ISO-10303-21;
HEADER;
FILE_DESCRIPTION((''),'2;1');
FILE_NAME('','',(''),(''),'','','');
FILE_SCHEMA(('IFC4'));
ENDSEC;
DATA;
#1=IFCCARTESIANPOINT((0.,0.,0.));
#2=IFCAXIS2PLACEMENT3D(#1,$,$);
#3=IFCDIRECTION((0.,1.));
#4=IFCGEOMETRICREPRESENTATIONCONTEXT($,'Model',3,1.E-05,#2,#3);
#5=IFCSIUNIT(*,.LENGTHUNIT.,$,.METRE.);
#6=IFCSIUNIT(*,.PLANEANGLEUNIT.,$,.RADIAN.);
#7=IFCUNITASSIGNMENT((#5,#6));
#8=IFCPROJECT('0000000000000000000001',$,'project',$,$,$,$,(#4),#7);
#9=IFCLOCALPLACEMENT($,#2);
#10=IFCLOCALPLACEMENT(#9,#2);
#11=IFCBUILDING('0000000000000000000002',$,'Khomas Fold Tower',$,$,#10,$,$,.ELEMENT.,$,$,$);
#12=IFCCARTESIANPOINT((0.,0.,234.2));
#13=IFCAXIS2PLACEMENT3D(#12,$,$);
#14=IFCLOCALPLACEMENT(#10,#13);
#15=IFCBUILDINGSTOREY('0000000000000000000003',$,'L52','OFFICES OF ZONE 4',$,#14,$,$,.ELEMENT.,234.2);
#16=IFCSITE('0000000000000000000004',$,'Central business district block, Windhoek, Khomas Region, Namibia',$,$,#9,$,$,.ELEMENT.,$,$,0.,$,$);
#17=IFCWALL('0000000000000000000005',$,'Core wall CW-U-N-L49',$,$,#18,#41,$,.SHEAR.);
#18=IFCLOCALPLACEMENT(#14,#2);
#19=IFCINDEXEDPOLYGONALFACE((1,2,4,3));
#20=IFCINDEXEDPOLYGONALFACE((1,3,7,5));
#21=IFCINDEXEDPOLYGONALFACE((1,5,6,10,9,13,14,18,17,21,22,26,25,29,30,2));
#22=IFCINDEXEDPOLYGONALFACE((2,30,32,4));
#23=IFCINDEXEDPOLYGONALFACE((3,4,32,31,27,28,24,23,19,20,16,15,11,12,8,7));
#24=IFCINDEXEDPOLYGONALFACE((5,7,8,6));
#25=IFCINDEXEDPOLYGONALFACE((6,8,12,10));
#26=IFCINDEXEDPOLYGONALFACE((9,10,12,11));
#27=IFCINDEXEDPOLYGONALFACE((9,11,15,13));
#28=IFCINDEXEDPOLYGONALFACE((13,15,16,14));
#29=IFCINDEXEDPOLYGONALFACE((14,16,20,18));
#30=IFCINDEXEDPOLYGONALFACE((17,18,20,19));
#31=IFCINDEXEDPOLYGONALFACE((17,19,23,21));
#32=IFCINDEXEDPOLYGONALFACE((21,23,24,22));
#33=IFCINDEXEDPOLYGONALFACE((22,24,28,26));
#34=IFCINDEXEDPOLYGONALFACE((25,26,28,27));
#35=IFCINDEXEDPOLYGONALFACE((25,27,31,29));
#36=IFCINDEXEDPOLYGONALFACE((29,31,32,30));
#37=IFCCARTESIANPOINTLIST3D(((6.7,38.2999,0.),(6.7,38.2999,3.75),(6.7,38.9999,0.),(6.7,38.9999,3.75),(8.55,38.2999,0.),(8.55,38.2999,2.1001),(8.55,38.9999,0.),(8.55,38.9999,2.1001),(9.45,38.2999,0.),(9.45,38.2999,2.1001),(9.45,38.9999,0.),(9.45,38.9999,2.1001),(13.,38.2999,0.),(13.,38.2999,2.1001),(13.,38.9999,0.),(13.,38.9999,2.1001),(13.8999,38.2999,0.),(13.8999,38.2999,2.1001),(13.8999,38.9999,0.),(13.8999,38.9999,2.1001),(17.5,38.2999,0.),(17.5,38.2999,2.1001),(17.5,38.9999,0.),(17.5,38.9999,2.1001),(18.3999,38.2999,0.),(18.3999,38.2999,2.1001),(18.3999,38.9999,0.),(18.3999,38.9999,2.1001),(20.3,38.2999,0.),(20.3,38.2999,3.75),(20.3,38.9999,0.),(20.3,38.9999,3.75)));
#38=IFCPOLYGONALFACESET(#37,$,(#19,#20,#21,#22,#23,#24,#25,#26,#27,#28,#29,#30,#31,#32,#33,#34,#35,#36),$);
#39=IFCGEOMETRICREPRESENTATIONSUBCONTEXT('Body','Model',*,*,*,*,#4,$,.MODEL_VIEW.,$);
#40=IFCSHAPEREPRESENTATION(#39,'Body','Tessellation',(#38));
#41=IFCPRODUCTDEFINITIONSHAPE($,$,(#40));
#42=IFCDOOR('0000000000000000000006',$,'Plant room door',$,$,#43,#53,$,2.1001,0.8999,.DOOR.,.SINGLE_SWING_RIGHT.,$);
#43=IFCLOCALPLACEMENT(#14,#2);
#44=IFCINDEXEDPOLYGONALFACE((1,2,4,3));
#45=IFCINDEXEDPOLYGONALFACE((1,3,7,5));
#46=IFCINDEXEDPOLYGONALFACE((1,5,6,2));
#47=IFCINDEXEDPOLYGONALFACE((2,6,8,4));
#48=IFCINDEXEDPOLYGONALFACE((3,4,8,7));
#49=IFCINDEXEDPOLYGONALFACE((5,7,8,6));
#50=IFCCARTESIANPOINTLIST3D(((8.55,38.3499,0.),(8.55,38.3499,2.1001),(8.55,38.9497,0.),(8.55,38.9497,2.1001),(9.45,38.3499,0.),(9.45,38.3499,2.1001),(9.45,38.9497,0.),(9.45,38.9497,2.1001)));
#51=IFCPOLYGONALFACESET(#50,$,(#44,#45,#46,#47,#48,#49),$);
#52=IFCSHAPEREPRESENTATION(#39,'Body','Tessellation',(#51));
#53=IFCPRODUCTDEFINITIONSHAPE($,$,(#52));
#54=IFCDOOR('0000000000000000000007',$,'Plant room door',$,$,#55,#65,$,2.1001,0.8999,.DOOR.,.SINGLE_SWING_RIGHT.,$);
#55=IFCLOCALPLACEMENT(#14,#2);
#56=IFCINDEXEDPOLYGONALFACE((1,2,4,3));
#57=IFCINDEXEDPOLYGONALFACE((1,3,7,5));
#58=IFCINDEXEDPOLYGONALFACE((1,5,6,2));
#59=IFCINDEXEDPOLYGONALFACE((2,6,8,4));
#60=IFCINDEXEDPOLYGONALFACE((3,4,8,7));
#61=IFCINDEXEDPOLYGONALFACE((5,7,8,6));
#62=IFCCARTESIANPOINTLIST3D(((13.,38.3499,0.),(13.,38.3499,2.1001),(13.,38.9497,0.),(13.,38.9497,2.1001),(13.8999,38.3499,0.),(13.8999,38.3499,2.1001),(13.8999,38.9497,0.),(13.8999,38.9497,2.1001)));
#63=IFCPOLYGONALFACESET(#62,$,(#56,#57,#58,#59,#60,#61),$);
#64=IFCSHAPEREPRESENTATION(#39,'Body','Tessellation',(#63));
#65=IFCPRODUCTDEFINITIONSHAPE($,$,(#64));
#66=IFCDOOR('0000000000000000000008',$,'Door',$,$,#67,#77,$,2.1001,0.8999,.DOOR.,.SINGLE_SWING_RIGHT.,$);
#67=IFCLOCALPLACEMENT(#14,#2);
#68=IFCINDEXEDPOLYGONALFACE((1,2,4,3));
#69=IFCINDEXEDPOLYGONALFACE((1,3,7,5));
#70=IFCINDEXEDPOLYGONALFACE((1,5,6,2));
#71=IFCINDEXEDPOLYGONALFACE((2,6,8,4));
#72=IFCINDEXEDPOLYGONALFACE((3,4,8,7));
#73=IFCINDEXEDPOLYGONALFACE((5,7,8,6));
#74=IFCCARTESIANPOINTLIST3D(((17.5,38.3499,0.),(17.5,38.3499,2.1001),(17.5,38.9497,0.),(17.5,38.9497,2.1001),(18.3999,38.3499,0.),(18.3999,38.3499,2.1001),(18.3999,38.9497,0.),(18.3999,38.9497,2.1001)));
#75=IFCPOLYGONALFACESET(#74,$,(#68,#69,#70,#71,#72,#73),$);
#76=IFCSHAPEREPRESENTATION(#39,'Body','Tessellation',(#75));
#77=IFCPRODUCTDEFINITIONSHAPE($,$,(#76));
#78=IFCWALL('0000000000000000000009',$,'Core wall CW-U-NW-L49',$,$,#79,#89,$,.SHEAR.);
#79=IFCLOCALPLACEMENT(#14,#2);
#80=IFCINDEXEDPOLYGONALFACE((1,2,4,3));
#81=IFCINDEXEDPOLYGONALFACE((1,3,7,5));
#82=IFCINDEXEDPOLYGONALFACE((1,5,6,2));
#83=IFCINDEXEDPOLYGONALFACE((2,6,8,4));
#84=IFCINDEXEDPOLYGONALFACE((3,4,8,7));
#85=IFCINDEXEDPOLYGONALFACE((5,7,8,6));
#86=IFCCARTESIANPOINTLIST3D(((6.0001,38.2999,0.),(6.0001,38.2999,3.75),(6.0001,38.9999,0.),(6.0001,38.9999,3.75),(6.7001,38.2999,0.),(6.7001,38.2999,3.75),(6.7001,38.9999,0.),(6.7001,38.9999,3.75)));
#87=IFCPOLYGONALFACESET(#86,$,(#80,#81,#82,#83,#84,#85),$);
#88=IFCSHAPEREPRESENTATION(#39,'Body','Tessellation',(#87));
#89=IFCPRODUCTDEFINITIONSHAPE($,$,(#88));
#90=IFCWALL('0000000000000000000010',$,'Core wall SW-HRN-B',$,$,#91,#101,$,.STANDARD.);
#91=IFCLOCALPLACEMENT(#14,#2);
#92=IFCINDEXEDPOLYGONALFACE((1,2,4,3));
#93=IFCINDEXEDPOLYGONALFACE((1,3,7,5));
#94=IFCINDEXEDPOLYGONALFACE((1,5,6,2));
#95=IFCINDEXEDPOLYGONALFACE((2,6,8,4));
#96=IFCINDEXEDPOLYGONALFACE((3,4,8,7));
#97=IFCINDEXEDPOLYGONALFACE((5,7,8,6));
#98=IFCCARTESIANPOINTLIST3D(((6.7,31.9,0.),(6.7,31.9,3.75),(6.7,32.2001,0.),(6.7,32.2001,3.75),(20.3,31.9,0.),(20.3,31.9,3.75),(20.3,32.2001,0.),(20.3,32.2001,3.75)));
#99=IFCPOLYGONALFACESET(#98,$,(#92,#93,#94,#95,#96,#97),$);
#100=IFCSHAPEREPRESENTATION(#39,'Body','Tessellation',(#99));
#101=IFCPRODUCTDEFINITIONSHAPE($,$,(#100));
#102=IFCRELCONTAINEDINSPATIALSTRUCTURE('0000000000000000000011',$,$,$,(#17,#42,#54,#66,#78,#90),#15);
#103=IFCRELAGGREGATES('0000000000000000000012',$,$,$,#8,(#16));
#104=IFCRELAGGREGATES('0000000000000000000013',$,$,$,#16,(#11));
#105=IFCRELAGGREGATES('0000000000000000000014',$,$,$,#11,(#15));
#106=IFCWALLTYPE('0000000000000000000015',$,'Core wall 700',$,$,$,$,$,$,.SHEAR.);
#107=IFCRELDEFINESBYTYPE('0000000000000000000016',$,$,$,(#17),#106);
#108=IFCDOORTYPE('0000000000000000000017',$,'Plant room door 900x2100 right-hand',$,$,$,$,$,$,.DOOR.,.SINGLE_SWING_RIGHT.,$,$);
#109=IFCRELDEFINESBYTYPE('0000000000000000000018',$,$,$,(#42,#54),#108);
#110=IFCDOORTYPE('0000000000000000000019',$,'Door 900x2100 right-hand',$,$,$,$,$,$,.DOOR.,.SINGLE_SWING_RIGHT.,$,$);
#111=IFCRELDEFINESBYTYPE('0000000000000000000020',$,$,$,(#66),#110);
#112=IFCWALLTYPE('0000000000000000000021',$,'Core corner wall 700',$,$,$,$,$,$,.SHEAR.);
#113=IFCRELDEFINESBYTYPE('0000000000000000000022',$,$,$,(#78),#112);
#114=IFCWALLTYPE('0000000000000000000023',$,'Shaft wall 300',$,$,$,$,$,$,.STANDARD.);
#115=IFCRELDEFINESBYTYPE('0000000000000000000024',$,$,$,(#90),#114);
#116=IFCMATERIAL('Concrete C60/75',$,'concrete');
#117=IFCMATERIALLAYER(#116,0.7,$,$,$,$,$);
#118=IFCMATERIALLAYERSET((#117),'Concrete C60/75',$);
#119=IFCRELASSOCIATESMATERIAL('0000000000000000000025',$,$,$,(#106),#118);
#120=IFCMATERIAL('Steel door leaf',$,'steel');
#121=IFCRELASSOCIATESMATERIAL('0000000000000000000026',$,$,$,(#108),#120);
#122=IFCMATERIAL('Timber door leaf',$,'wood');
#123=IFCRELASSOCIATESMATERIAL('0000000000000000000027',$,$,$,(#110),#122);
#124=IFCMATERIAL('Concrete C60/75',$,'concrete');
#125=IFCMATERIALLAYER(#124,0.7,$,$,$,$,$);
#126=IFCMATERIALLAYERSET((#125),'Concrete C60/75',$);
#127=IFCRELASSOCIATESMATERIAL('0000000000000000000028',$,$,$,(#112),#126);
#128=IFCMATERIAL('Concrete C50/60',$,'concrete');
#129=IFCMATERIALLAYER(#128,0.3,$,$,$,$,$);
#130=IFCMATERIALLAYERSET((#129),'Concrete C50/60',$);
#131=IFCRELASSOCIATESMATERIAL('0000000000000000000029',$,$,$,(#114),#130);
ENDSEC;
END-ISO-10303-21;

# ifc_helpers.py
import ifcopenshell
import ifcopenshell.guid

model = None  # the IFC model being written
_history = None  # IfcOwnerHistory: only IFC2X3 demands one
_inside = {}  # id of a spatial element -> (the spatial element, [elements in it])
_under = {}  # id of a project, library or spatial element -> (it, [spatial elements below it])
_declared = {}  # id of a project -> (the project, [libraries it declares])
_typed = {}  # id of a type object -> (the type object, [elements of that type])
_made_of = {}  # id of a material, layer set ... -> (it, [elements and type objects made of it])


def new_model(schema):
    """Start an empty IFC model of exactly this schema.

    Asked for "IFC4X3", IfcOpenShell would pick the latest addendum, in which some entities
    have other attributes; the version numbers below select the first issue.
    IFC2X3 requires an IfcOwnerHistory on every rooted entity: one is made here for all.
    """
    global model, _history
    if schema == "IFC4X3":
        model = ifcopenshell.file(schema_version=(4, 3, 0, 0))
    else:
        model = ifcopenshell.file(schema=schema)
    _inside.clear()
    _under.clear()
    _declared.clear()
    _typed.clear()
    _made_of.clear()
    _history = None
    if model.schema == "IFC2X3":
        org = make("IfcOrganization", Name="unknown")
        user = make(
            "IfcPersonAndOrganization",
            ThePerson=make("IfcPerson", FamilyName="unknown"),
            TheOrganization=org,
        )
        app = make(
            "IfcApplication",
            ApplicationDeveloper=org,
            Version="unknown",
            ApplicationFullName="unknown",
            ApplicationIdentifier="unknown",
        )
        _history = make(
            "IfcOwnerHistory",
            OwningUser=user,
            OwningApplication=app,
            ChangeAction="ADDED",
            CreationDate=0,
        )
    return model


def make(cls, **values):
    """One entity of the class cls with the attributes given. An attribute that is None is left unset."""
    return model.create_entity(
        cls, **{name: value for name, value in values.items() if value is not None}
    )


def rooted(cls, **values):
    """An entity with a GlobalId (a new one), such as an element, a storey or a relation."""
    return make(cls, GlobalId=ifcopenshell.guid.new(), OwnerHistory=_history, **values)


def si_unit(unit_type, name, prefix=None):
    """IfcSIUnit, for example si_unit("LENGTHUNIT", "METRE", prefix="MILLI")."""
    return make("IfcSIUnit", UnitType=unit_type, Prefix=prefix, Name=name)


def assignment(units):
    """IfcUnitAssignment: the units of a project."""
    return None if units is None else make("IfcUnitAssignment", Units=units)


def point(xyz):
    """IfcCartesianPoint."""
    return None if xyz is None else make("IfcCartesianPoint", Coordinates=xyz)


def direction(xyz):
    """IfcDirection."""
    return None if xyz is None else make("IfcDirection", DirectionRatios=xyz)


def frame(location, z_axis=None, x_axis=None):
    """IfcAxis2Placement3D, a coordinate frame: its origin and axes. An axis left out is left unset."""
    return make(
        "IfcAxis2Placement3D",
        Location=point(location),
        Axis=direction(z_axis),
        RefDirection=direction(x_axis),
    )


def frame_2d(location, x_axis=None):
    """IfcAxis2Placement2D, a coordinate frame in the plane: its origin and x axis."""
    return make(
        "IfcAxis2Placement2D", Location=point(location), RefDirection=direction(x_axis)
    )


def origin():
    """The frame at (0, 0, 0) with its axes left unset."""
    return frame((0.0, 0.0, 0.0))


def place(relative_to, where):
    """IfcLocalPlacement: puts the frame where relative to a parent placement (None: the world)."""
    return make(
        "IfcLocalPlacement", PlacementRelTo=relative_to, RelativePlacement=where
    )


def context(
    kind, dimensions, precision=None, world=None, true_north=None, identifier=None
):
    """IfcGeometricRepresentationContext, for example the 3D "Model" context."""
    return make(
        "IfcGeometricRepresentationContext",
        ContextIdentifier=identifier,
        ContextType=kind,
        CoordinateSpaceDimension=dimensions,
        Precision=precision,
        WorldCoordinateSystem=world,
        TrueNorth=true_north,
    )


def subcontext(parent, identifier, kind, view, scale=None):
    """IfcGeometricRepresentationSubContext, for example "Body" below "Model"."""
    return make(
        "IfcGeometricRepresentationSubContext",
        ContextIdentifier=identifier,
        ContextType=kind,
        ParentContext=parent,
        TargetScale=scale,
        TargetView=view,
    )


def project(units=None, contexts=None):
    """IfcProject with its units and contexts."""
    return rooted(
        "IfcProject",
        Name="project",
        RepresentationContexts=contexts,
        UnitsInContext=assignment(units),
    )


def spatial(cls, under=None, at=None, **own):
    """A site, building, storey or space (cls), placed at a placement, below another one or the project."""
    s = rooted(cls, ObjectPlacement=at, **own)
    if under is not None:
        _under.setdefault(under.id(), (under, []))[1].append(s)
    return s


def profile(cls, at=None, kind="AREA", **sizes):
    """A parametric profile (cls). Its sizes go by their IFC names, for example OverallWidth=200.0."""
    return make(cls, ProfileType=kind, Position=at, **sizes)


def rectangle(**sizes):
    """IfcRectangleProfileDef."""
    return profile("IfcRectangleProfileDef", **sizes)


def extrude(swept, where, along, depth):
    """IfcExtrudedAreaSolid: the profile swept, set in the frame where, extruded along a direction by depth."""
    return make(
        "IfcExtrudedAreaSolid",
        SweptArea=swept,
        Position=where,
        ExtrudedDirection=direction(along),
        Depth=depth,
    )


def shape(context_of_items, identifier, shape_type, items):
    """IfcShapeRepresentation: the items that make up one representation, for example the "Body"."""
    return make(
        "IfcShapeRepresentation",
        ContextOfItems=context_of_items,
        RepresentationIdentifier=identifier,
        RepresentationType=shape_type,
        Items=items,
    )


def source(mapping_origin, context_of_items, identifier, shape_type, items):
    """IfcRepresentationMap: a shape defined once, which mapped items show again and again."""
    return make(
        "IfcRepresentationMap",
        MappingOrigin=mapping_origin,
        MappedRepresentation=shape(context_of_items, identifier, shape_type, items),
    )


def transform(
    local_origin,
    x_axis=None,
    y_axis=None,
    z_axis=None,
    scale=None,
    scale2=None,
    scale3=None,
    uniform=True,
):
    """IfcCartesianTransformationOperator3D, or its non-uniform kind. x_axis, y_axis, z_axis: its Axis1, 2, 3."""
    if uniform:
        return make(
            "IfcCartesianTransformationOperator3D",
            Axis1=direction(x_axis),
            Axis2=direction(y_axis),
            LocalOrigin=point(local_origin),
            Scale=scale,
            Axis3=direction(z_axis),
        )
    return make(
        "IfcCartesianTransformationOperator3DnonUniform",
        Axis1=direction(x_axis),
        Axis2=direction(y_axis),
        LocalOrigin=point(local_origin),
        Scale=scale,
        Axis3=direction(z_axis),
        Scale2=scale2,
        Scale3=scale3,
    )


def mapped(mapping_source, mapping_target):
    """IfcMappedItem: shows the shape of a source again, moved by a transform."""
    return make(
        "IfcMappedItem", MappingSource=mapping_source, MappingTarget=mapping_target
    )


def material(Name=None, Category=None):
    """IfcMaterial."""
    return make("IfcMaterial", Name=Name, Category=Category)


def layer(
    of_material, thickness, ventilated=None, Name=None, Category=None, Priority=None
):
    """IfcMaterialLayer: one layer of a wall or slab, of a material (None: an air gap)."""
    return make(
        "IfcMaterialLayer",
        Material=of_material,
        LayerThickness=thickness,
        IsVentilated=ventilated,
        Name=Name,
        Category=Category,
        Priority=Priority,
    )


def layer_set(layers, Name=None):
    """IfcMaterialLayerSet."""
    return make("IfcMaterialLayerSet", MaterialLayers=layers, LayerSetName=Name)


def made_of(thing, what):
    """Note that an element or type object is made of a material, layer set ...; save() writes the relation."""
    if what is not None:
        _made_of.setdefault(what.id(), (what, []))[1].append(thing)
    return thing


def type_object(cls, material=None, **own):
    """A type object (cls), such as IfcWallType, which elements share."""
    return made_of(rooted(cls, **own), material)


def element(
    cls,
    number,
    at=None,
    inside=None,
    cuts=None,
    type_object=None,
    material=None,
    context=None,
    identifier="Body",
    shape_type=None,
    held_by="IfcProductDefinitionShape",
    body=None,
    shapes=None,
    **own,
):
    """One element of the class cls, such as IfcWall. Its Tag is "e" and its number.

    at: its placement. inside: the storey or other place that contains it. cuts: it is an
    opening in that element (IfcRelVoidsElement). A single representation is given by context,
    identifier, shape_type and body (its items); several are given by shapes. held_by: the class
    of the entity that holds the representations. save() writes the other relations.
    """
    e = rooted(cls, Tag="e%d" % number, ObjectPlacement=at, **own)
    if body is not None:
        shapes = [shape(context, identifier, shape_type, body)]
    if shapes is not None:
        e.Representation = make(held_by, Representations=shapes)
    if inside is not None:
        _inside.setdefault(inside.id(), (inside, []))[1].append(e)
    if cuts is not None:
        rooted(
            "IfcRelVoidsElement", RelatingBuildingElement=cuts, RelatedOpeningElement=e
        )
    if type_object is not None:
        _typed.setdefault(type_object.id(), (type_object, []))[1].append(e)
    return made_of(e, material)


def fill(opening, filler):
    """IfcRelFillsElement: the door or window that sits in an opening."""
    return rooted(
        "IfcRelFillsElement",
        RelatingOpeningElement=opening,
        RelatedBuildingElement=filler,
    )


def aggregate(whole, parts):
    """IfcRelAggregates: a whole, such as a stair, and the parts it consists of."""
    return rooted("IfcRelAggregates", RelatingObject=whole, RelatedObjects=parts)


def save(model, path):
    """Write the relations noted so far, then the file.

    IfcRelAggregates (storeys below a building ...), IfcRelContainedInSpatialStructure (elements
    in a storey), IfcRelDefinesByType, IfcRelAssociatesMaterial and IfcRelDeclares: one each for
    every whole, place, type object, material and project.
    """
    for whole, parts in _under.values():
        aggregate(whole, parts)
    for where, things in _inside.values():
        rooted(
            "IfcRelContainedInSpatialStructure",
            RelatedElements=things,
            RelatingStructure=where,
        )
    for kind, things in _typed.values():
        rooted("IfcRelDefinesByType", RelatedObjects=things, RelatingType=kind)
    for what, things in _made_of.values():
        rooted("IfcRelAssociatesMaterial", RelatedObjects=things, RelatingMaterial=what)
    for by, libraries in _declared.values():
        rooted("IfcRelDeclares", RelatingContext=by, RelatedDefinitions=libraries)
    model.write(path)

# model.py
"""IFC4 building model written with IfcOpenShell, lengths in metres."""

from ifc_helpers import new_model, si_unit, direction, frame, frame_2d, origin, place, context, subcontext, project, spatial, rectangle, extrude, source, transform, mapped, material, layer, layer_set, type_object, element, fill, save


model = new_model("IFC4")

# Units and contexts
model_context = context("Model", 3, precision=1e-05, world=origin(), true_north=direction((0.0, 1.0)))
body_context = subcontext(model_context, "Body", "Model", "MODEL_VIEW")
ifc_project = project(units=[si_unit("LENGTHUNIT", "METRE"), si_unit("PLANEANGLEUNIT", "RADIAN")], contexts=[model_context])

# Site, building, storey
site_placement = place(None, origin())
site = spatial("IfcSite", under=ifc_project, at=site_placement, Name="Central business district block, Windhoek, Khomas Region, Namibia", CompositionType="ELEMENT", RefElevation=0.0)
building_placement = place(site_placement, origin())
building = spatial("IfcBuilding", under=site, at=building_placement, Name="Khomas Fold Tower", CompositionType="ELEMENT")
storey_placement = place(building_placement, frame((0.0, 0.0, 234.2)))
storey = spatial("IfcBuildingStorey", under=building, at=storey_placement, Name="L52", Description="OFFICES OF ZONE 4", CompositionType="ELEMENT", Elevation=234.2)

# Wall, openings, doors
ifc_material_1 = material(Name="Concrete C60/75", Category="concrete")
ifc_layer_1 = layer(ifc_material_1, 0.7)
ifc_layer_set_1 = layer_set([ifc_layer_1], Name="Concrete C60/75")
wall_type_1 = type_object("IfcWallType", Name="Core wall 700", PredefinedType="SHEAR", material=ifc_layer_set_1)
shared_shape_1 = source(origin(), body_context, "Body", "SweptSolid", [
    extrude(rectangle(XDim=13.6001, YDim=0.7, at=frame_2d((6.8, 0.0))), origin(), (0.0, 0.0, 1.0), 3.75),
])
wall_1_placement = place(storey_placement, frame((6.7, 38.6499, 0.0), z_axis=(0.0, 0.0, 1.0), x_axis=(1.0, 0.0, 0.0)))
wall_1 = element("IfcWall", 1, at=wall_1_placement, inside=storey, type_object=wall_type_1, Name="Core wall CW-U-N-L49", PredefinedType="SHEAR", context=body_context, shape_type="MappedRepresentation", body=[
    mapped(shared_shape_1, transform((0.0, 0.0, 0.0))),
])
shared_shape_2 = source(origin(), body_context, "Body", "SweptSolid", [
    extrude(rectangle(XDim=0.8999, YDim=2.1001, at=frame_2d((0.45, 1.05))), frame((0.0, 0.3599, 0.0), z_axis=(0.0, -1.0, 0.0), x_axis=(1.0, 0.0, 0.0)), (0.0, 0.0, 1.0), 0.72),
])
opening_1_placement = place(wall_1_placement, frame((1.8501, 0.0, 0.0)))
opening_1 = element("IfcOpeningElement", 2, at=opening_1_placement, cuts=wall_1, PredefinedType="OPENING", context=body_context, shape_type="MappedRepresentation", body=[
    mapped(shared_shape_2, transform((0.0, 0.0, 0.0))),
])
opening_2_placement = place(wall_1_placement, frame((6.3, 0.0, 0.0)))
opening_2 = element("IfcOpeningElement", 3, at=opening_2_placement, cuts=wall_1, PredefinedType="OPENING", context=body_context, shape_type="MappedRepresentation", body=[
    mapped(shared_shape_2, transform((0.0, 0.0, 0.0))),
])
opening_3_placement = place(wall_1_placement, frame((10.8, 0.0, 0.0)))
opening_3 = element("IfcOpeningElement", 4, at=opening_3_placement, cuts=wall_1, PredefinedType="OPENING", context=body_context, shape_type="MappedRepresentation", body=[
    mapped(shared_shape_2, transform((0.0, 0.0, 0.0))),
])
ifc_material_2 = material(Name="Steel door leaf", Category="steel")
door_type_1 = type_object("IfcDoorType", Name="Plant room door 900x2100 right-hand", OperationType="SINGLE_SWING_RIGHT", PredefinedType="DOOR", material=ifc_material_2)
shared_shape_3 = source(origin(), body_context, "Body", "SweptSolid", [
    extrude(rectangle(XDim=0.8999, YDim=2.1001, at=frame_2d((0.45, 1.05))), frame((0.0, 0.2998, 0.0), z_axis=(0.0, -1.0, 0.0), x_axis=(1.0, 0.0, 0.0)), (0.0, 0.0, 1.0), 0.5999),
])
door_1_placement = place(opening_1_placement, origin())
door_1 = element("IfcDoor", 5, at=door_1_placement, inside=storey, type_object=door_type_1, Name="Plant room door", OperationType="SINGLE_SWING_RIGHT", OverallHeight=2.1001, OverallWidth=0.8999, PredefinedType="DOOR", context=body_context, shape_type="MappedRepresentation", body=[
    mapped(shared_shape_3, transform((0.0, 0.0, 0.0))),
])
fill(opening_1, door_1)
door_2_placement = place(opening_2_placement, origin())
door_2 = element("IfcDoor", 6, at=door_2_placement, inside=storey, type_object=door_type_1, Name="Plant room door", OperationType="SINGLE_SWING_RIGHT", OverallHeight=2.1001, OverallWidth=0.8999, PredefinedType="DOOR", context=body_context, shape_type="MappedRepresentation", body=[
    mapped(shared_shape_3, transform((0.0, 0.0, 0.0))),
])
fill(opening_2, door_2)
ifc_material_3 = material(Name="Timber door leaf", Category="wood")
door_type_2 = type_object("IfcDoorType", Name="Door 900x2100 right-hand", OperationType="SINGLE_SWING_RIGHT", PredefinedType="DOOR", material=ifc_material_3)
door_3_placement = place(opening_3_placement, origin())
door_3 = element("IfcDoor", 7, at=door_3_placement, inside=storey, type_object=door_type_2, Name="Door", OperationType="SINGLE_SWING_RIGHT", OverallHeight=2.1001, OverallWidth=0.8999, PredefinedType="DOOR", context=body_context, shape_type="MappedRepresentation", body=[
    mapped(shared_shape_3, transform((0.0, 0.0, 0.0))),
])
fill(opening_3, door_3)

# Walls
ifc_material_4 = material(Name="Concrete C60/75", Category="concrete")
ifc_layer_2 = layer(ifc_material_4, 0.7)
ifc_layer_set_2 = layer_set([ifc_layer_2], Name="Concrete C60/75")
wall_type_2 = type_object("IfcWallType", Name="Core corner wall 700", PredefinedType="SHEAR", material=ifc_layer_set_2)
shared_shape_4 = source(origin(), body_context, "Body", "SweptSolid", [
    extrude(rectangle(XDim=0.7, YDim=0.7, at=frame_2d((0.3501, 0.0))), origin(), (0.0, 0.0, 1.0), 3.75),
])
wall_2_placement = place(storey_placement, frame((6.0, 38.6499, 0.0), z_axis=(0.0, 0.0, 1.0), x_axis=(1.0, 0.0, 0.0)))
element("IfcWall", 8, at=wall_2_placement, inside=storey, type_object=wall_type_2, Name="Core wall CW-U-NW-L49", PredefinedType="SHEAR", context=body_context, shape_type="MappedRepresentation", body=[
    mapped(shared_shape_4, transform((0.0, 0.0, 0.0))),
])
ifc_material_5 = material(Name="Concrete C50/60", Category="concrete")
ifc_layer_3 = layer(ifc_material_5, 0.3)
ifc_layer_set_3 = layer_set([ifc_layer_3], Name="Concrete C50/60")
wall_type_3 = type_object("IfcWallType", Name="Shaft wall 300", PredefinedType="STANDARD", material=ifc_layer_set_3)
shared_shape_5 = source(origin(), body_context, "Body", "SweptSolid", [
    extrude(rectangle(XDim=13.6001, YDim=0.3, at=frame_2d((6.8, 0.0))), origin(), (0.0, 0.0, 1.0), 3.75),
])
wall_3_placement = place(storey_placement, frame((6.7, 32.05, 0.0), z_axis=(0.0, 0.0, 1.0), x_axis=(1.0, 0.0, 0.0)))
element("IfcWall", 9, at=wall_3_placement, inside=storey, type_object=wall_type_3, Name="Core wall SW-HRN-B", PredefinedType="STANDARD", context=body_context, shape_type="MappedRepresentation", body=[
    mapped(shared_shape_5, transform((0.0, 0.0, 0.0))),
])

save(model, "model.ifc")
